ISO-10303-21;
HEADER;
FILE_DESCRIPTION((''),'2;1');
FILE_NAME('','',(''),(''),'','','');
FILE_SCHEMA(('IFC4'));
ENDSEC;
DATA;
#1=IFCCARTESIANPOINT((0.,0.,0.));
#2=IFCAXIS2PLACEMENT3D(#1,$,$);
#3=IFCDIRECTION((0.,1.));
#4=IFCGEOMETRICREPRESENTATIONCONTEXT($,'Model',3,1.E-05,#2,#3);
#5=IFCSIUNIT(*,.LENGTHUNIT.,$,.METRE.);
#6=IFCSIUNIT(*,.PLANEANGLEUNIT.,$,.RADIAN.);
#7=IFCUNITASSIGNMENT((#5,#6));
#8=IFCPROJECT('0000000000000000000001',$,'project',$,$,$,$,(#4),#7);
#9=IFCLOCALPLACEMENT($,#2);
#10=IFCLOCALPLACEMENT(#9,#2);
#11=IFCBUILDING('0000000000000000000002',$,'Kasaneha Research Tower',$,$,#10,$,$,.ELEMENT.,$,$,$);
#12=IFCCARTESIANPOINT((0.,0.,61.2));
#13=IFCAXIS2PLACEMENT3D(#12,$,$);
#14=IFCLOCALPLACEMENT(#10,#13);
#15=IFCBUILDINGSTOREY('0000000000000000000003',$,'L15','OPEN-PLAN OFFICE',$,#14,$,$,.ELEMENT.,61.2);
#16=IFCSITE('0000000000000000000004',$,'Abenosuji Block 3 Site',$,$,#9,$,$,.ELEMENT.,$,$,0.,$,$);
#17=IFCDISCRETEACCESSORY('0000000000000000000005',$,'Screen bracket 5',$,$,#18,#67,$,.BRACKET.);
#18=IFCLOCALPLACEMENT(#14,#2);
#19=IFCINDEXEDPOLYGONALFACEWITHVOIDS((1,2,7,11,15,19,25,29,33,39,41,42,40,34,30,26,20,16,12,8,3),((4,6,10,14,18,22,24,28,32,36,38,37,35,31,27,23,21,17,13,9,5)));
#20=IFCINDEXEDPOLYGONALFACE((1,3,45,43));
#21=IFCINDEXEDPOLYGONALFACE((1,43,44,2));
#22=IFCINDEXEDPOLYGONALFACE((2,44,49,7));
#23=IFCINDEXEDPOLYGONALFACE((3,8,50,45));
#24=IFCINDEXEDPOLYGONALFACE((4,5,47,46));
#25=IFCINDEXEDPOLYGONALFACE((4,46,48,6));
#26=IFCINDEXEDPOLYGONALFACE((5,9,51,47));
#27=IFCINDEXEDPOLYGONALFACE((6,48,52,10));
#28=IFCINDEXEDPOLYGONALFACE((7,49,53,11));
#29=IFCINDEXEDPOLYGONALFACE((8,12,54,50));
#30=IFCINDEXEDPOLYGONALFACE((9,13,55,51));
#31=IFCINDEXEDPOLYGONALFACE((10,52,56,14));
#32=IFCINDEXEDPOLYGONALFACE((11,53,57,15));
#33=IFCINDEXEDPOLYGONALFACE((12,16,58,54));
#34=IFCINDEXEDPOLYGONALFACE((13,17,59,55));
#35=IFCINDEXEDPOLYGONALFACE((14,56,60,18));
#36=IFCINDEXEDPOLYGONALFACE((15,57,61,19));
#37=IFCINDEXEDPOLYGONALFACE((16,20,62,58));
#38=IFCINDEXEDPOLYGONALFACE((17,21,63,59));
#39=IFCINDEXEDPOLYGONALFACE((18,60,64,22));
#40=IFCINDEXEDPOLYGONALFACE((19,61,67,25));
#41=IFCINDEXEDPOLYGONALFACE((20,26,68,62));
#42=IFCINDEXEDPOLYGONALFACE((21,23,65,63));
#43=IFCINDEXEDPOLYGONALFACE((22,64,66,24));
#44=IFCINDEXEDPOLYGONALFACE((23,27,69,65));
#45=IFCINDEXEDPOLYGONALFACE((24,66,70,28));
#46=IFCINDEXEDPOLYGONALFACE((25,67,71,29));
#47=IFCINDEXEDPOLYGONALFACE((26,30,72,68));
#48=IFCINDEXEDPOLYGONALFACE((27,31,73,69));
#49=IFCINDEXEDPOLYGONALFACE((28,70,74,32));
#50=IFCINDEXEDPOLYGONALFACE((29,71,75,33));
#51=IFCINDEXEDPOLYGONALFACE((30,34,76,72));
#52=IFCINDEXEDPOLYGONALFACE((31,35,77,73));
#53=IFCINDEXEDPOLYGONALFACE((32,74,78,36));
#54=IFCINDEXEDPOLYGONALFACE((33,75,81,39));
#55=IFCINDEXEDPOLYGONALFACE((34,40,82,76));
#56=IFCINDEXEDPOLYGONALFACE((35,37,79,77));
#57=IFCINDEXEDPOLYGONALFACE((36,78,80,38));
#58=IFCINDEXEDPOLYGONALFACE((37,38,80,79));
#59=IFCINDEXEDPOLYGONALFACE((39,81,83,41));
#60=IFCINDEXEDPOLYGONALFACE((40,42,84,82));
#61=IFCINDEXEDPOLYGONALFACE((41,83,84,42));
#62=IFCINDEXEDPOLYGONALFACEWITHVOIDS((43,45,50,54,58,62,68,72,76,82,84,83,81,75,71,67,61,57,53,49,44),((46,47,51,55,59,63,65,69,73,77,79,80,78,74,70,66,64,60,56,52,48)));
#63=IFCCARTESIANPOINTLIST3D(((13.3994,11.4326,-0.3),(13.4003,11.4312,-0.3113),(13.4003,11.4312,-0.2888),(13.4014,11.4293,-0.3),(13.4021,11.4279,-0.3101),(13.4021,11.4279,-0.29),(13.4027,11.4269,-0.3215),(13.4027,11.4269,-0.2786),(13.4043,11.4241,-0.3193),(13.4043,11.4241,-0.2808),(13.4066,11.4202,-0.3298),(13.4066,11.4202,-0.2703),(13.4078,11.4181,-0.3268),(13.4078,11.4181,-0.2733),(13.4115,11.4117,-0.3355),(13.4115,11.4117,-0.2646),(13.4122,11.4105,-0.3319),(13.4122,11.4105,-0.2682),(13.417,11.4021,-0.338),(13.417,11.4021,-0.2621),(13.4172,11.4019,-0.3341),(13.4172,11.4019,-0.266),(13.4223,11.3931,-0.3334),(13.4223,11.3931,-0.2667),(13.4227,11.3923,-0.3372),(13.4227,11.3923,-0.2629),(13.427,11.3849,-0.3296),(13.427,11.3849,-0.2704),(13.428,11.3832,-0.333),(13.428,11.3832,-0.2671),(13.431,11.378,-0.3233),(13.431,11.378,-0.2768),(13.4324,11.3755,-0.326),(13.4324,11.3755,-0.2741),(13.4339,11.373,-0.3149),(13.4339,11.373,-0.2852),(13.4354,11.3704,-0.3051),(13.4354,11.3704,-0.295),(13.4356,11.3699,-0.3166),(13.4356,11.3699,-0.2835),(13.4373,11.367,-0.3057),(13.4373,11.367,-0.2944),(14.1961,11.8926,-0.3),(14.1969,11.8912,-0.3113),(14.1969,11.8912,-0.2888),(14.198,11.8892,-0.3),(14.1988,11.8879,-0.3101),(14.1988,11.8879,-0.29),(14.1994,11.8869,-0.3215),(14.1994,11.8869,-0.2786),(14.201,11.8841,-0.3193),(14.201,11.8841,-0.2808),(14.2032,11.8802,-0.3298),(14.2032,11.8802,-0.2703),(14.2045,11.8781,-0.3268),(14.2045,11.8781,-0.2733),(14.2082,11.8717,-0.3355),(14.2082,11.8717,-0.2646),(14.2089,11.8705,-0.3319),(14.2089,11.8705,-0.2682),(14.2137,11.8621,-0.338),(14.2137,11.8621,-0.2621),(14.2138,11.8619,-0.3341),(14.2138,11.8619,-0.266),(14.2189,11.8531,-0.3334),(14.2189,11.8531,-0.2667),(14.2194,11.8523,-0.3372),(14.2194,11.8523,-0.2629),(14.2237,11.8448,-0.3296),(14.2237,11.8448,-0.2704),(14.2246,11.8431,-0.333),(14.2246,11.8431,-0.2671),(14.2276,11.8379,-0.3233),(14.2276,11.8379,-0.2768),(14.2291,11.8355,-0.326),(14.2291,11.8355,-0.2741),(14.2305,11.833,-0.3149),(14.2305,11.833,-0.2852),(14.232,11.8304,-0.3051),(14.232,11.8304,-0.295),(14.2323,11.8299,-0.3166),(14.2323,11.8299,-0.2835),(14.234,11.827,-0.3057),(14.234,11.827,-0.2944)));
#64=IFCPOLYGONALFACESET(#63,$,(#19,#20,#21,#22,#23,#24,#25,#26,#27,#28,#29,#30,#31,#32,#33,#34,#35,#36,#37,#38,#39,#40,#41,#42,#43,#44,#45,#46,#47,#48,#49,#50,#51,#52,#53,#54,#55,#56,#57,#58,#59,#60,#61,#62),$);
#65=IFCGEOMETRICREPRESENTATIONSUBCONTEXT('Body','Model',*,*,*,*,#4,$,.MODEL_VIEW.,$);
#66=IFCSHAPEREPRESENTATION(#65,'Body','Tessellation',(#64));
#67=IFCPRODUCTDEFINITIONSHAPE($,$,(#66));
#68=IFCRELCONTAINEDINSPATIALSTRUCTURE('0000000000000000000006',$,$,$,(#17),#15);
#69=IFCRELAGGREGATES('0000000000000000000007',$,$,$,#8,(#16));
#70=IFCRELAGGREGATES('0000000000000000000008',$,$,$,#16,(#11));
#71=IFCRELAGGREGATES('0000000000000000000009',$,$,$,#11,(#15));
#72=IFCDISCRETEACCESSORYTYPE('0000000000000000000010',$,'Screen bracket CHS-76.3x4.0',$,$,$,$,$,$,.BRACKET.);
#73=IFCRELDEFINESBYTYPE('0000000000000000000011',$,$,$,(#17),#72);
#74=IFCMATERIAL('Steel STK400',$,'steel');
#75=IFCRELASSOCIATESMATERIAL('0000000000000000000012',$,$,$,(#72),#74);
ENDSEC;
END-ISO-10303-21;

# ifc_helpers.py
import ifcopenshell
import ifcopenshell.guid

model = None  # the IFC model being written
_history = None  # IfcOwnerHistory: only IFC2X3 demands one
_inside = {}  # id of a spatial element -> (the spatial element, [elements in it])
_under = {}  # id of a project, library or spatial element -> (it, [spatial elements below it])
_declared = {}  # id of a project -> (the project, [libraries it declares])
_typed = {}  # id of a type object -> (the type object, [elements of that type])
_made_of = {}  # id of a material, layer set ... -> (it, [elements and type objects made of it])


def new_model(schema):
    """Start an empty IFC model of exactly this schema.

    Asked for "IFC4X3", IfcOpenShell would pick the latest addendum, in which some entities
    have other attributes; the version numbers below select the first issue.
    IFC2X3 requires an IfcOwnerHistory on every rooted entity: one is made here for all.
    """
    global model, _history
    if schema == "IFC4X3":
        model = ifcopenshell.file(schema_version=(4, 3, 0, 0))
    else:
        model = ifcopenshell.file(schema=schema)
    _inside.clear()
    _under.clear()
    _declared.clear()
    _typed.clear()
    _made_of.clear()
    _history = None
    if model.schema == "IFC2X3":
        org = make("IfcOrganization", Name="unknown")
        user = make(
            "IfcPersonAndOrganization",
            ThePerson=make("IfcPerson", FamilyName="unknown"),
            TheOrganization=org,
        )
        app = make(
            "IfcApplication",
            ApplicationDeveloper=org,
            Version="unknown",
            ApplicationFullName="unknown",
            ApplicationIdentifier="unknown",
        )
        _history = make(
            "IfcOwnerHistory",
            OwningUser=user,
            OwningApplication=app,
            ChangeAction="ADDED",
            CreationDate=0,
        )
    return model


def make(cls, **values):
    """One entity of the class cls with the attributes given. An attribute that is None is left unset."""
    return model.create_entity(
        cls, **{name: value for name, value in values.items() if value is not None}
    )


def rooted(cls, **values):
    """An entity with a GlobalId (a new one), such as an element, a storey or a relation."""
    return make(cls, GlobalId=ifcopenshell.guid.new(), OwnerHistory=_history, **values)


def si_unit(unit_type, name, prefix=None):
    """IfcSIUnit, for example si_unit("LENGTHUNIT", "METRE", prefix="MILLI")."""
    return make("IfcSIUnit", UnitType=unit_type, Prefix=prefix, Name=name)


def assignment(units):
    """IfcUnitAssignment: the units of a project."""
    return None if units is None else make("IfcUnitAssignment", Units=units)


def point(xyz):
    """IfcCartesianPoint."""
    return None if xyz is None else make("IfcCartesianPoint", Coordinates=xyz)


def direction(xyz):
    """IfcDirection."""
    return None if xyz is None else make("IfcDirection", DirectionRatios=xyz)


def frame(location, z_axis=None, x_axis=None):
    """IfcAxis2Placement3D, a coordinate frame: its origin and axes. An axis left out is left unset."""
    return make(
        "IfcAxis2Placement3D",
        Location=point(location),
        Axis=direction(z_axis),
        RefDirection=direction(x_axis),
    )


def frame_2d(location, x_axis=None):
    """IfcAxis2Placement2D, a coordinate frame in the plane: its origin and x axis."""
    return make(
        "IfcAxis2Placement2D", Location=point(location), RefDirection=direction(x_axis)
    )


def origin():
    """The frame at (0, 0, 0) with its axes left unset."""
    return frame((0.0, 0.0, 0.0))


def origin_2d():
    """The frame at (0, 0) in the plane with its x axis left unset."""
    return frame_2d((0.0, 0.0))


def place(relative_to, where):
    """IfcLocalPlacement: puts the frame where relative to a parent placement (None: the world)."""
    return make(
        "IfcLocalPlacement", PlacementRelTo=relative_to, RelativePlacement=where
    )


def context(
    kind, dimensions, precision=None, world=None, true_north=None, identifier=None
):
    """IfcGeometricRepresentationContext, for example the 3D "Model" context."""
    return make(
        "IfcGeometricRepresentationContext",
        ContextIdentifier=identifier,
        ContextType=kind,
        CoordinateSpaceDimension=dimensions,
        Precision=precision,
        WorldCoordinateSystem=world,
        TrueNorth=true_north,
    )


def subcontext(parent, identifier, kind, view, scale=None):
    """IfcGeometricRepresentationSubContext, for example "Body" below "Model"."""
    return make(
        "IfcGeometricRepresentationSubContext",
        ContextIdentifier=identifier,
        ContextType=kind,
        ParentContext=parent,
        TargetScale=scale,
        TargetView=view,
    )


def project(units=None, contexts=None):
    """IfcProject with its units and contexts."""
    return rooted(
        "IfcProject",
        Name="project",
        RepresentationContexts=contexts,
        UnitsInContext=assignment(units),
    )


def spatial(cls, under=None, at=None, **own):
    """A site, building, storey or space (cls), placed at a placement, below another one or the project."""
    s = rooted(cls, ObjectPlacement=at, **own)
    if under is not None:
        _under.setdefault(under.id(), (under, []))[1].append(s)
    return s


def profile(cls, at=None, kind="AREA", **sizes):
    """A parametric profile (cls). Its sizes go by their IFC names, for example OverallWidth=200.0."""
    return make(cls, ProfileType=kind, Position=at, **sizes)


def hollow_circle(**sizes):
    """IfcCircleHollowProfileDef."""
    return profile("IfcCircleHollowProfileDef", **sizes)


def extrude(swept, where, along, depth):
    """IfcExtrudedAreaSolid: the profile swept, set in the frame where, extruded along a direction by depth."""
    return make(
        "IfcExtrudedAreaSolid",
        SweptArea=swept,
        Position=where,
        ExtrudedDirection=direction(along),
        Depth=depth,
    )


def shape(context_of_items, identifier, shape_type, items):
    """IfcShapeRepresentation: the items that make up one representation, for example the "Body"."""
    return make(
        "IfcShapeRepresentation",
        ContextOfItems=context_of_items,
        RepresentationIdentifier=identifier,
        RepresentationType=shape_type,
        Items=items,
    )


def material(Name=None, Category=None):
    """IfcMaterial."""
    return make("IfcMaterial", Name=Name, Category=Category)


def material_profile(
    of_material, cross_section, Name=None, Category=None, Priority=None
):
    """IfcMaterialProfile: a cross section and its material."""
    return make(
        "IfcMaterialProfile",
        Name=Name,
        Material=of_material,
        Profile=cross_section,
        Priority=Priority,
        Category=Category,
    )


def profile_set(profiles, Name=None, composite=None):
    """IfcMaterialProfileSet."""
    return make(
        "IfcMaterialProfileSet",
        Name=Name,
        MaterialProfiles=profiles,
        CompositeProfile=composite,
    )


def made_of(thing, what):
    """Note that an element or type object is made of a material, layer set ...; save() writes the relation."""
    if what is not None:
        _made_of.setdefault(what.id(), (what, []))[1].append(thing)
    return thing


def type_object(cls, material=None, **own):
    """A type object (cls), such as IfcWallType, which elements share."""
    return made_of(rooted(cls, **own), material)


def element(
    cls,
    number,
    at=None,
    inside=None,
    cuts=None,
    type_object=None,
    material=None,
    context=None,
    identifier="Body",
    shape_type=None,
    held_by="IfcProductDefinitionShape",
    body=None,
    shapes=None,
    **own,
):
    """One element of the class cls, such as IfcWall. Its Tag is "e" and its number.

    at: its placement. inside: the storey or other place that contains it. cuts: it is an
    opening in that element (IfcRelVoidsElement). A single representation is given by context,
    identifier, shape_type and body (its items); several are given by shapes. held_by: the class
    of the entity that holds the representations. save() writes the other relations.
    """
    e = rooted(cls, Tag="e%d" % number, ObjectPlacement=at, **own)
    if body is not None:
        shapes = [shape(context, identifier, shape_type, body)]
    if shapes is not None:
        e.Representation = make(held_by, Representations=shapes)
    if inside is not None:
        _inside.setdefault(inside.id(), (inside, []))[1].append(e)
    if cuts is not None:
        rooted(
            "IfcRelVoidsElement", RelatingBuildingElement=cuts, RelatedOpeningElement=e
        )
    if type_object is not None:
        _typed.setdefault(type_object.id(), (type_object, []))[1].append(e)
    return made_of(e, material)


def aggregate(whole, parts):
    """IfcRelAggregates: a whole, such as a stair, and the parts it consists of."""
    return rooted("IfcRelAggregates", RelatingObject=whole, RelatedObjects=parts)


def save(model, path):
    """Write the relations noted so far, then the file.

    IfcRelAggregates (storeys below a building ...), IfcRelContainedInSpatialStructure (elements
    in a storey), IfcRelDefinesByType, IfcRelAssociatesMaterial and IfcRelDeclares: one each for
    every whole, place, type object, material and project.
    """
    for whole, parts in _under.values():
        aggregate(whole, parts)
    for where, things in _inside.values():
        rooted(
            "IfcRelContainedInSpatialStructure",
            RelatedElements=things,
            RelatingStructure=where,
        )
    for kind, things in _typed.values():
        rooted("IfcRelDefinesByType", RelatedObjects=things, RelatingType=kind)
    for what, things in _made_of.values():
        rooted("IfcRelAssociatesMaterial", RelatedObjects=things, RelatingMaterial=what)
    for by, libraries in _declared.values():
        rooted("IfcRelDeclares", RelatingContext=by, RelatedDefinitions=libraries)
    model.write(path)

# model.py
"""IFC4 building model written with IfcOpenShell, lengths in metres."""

from ifc_helpers import new_model, si_unit, direction, frame, origin, origin_2d, place, context, subcontext, project, spatial, hollow_circle, extrude, material, material_profile, profile_set, type_object, element, save


model = new_model("IFC4")

# Units and contexts
model_context = context("Model", 3, precision=1e-05, world=origin(), true_north=direction((0.0, 1.0)))
body_context = subcontext(model_context, "Body", "Model", "MODEL_VIEW")
ifc_project = project(units=[si_unit("LENGTHUNIT", "METRE"), si_unit("PLANEANGLEUNIT", "RADIAN")], contexts=[model_context])

# Site, building, storey
site_placement = place(None, origin())
site = spatial("IfcSite", under=ifc_project, at=site_placement, Name="Abenosuji Block 3 Site", CompositionType="ELEMENT", RefElevation=0.0)
building_placement = place(site_placement, origin())
building = spatial("IfcBuilding", under=site, at=building_placement, Name="Kasaneha Research Tower", CompositionType="ELEMENT")
storey_placement = place(building_placement, frame((0.0, 0.0, 61.2)))
storey = spatial("IfcBuildingStorey", under=building, at=storey_placement, Name="L15", Description="OPEN-PLAN OFFICE", CompositionType="ELEMENT", Elevation=61.2)

# Discrete accessory
ifc_material_1 = material(Name="Steel STK400", Category="steel")
ifc_material_profile_1 = material_profile(ifc_material_1, hollow_circle(Radius=0.0381, WallThickness=0.0039, at=origin_2d()), Name="CHS-76.3x4.0")
ifc_profile_set_1 = profile_set([ifc_material_profile_1], Name="Steel STK400")
discrete_accessory_type = type_object("IfcDiscreteAccessoryType", Name="Screen bracket CHS-76.3x4.0", PredefinedType="BRACKET", material=ifc_profile_set_1)
for number, where, z_axis, x_axis, name in (
    (1, (13.4185, 11.3997, -0.3), (0.866013, 0.500021, 0.0), (-0.500021, 0.866013, 0.0), "Screen bracket 5"),
):
    element("IfcDiscreteAccessory", number, at=place(storey_placement, frame(where, z_axis=z_axis, x_axis=x_axis)), inside=storey, type_object=discrete_accessory_type, Name=name, PredefinedType="BRACKET", context=body_context, shape_type="SweptSolid", body=[
        extrude(hollow_circle(Radius=0.0381, WallThickness=0.0039, at=origin_2d()), origin(), (0.0, 0.0, 1.0), 0.9199),
    ])

save(model, "model.ifc")
